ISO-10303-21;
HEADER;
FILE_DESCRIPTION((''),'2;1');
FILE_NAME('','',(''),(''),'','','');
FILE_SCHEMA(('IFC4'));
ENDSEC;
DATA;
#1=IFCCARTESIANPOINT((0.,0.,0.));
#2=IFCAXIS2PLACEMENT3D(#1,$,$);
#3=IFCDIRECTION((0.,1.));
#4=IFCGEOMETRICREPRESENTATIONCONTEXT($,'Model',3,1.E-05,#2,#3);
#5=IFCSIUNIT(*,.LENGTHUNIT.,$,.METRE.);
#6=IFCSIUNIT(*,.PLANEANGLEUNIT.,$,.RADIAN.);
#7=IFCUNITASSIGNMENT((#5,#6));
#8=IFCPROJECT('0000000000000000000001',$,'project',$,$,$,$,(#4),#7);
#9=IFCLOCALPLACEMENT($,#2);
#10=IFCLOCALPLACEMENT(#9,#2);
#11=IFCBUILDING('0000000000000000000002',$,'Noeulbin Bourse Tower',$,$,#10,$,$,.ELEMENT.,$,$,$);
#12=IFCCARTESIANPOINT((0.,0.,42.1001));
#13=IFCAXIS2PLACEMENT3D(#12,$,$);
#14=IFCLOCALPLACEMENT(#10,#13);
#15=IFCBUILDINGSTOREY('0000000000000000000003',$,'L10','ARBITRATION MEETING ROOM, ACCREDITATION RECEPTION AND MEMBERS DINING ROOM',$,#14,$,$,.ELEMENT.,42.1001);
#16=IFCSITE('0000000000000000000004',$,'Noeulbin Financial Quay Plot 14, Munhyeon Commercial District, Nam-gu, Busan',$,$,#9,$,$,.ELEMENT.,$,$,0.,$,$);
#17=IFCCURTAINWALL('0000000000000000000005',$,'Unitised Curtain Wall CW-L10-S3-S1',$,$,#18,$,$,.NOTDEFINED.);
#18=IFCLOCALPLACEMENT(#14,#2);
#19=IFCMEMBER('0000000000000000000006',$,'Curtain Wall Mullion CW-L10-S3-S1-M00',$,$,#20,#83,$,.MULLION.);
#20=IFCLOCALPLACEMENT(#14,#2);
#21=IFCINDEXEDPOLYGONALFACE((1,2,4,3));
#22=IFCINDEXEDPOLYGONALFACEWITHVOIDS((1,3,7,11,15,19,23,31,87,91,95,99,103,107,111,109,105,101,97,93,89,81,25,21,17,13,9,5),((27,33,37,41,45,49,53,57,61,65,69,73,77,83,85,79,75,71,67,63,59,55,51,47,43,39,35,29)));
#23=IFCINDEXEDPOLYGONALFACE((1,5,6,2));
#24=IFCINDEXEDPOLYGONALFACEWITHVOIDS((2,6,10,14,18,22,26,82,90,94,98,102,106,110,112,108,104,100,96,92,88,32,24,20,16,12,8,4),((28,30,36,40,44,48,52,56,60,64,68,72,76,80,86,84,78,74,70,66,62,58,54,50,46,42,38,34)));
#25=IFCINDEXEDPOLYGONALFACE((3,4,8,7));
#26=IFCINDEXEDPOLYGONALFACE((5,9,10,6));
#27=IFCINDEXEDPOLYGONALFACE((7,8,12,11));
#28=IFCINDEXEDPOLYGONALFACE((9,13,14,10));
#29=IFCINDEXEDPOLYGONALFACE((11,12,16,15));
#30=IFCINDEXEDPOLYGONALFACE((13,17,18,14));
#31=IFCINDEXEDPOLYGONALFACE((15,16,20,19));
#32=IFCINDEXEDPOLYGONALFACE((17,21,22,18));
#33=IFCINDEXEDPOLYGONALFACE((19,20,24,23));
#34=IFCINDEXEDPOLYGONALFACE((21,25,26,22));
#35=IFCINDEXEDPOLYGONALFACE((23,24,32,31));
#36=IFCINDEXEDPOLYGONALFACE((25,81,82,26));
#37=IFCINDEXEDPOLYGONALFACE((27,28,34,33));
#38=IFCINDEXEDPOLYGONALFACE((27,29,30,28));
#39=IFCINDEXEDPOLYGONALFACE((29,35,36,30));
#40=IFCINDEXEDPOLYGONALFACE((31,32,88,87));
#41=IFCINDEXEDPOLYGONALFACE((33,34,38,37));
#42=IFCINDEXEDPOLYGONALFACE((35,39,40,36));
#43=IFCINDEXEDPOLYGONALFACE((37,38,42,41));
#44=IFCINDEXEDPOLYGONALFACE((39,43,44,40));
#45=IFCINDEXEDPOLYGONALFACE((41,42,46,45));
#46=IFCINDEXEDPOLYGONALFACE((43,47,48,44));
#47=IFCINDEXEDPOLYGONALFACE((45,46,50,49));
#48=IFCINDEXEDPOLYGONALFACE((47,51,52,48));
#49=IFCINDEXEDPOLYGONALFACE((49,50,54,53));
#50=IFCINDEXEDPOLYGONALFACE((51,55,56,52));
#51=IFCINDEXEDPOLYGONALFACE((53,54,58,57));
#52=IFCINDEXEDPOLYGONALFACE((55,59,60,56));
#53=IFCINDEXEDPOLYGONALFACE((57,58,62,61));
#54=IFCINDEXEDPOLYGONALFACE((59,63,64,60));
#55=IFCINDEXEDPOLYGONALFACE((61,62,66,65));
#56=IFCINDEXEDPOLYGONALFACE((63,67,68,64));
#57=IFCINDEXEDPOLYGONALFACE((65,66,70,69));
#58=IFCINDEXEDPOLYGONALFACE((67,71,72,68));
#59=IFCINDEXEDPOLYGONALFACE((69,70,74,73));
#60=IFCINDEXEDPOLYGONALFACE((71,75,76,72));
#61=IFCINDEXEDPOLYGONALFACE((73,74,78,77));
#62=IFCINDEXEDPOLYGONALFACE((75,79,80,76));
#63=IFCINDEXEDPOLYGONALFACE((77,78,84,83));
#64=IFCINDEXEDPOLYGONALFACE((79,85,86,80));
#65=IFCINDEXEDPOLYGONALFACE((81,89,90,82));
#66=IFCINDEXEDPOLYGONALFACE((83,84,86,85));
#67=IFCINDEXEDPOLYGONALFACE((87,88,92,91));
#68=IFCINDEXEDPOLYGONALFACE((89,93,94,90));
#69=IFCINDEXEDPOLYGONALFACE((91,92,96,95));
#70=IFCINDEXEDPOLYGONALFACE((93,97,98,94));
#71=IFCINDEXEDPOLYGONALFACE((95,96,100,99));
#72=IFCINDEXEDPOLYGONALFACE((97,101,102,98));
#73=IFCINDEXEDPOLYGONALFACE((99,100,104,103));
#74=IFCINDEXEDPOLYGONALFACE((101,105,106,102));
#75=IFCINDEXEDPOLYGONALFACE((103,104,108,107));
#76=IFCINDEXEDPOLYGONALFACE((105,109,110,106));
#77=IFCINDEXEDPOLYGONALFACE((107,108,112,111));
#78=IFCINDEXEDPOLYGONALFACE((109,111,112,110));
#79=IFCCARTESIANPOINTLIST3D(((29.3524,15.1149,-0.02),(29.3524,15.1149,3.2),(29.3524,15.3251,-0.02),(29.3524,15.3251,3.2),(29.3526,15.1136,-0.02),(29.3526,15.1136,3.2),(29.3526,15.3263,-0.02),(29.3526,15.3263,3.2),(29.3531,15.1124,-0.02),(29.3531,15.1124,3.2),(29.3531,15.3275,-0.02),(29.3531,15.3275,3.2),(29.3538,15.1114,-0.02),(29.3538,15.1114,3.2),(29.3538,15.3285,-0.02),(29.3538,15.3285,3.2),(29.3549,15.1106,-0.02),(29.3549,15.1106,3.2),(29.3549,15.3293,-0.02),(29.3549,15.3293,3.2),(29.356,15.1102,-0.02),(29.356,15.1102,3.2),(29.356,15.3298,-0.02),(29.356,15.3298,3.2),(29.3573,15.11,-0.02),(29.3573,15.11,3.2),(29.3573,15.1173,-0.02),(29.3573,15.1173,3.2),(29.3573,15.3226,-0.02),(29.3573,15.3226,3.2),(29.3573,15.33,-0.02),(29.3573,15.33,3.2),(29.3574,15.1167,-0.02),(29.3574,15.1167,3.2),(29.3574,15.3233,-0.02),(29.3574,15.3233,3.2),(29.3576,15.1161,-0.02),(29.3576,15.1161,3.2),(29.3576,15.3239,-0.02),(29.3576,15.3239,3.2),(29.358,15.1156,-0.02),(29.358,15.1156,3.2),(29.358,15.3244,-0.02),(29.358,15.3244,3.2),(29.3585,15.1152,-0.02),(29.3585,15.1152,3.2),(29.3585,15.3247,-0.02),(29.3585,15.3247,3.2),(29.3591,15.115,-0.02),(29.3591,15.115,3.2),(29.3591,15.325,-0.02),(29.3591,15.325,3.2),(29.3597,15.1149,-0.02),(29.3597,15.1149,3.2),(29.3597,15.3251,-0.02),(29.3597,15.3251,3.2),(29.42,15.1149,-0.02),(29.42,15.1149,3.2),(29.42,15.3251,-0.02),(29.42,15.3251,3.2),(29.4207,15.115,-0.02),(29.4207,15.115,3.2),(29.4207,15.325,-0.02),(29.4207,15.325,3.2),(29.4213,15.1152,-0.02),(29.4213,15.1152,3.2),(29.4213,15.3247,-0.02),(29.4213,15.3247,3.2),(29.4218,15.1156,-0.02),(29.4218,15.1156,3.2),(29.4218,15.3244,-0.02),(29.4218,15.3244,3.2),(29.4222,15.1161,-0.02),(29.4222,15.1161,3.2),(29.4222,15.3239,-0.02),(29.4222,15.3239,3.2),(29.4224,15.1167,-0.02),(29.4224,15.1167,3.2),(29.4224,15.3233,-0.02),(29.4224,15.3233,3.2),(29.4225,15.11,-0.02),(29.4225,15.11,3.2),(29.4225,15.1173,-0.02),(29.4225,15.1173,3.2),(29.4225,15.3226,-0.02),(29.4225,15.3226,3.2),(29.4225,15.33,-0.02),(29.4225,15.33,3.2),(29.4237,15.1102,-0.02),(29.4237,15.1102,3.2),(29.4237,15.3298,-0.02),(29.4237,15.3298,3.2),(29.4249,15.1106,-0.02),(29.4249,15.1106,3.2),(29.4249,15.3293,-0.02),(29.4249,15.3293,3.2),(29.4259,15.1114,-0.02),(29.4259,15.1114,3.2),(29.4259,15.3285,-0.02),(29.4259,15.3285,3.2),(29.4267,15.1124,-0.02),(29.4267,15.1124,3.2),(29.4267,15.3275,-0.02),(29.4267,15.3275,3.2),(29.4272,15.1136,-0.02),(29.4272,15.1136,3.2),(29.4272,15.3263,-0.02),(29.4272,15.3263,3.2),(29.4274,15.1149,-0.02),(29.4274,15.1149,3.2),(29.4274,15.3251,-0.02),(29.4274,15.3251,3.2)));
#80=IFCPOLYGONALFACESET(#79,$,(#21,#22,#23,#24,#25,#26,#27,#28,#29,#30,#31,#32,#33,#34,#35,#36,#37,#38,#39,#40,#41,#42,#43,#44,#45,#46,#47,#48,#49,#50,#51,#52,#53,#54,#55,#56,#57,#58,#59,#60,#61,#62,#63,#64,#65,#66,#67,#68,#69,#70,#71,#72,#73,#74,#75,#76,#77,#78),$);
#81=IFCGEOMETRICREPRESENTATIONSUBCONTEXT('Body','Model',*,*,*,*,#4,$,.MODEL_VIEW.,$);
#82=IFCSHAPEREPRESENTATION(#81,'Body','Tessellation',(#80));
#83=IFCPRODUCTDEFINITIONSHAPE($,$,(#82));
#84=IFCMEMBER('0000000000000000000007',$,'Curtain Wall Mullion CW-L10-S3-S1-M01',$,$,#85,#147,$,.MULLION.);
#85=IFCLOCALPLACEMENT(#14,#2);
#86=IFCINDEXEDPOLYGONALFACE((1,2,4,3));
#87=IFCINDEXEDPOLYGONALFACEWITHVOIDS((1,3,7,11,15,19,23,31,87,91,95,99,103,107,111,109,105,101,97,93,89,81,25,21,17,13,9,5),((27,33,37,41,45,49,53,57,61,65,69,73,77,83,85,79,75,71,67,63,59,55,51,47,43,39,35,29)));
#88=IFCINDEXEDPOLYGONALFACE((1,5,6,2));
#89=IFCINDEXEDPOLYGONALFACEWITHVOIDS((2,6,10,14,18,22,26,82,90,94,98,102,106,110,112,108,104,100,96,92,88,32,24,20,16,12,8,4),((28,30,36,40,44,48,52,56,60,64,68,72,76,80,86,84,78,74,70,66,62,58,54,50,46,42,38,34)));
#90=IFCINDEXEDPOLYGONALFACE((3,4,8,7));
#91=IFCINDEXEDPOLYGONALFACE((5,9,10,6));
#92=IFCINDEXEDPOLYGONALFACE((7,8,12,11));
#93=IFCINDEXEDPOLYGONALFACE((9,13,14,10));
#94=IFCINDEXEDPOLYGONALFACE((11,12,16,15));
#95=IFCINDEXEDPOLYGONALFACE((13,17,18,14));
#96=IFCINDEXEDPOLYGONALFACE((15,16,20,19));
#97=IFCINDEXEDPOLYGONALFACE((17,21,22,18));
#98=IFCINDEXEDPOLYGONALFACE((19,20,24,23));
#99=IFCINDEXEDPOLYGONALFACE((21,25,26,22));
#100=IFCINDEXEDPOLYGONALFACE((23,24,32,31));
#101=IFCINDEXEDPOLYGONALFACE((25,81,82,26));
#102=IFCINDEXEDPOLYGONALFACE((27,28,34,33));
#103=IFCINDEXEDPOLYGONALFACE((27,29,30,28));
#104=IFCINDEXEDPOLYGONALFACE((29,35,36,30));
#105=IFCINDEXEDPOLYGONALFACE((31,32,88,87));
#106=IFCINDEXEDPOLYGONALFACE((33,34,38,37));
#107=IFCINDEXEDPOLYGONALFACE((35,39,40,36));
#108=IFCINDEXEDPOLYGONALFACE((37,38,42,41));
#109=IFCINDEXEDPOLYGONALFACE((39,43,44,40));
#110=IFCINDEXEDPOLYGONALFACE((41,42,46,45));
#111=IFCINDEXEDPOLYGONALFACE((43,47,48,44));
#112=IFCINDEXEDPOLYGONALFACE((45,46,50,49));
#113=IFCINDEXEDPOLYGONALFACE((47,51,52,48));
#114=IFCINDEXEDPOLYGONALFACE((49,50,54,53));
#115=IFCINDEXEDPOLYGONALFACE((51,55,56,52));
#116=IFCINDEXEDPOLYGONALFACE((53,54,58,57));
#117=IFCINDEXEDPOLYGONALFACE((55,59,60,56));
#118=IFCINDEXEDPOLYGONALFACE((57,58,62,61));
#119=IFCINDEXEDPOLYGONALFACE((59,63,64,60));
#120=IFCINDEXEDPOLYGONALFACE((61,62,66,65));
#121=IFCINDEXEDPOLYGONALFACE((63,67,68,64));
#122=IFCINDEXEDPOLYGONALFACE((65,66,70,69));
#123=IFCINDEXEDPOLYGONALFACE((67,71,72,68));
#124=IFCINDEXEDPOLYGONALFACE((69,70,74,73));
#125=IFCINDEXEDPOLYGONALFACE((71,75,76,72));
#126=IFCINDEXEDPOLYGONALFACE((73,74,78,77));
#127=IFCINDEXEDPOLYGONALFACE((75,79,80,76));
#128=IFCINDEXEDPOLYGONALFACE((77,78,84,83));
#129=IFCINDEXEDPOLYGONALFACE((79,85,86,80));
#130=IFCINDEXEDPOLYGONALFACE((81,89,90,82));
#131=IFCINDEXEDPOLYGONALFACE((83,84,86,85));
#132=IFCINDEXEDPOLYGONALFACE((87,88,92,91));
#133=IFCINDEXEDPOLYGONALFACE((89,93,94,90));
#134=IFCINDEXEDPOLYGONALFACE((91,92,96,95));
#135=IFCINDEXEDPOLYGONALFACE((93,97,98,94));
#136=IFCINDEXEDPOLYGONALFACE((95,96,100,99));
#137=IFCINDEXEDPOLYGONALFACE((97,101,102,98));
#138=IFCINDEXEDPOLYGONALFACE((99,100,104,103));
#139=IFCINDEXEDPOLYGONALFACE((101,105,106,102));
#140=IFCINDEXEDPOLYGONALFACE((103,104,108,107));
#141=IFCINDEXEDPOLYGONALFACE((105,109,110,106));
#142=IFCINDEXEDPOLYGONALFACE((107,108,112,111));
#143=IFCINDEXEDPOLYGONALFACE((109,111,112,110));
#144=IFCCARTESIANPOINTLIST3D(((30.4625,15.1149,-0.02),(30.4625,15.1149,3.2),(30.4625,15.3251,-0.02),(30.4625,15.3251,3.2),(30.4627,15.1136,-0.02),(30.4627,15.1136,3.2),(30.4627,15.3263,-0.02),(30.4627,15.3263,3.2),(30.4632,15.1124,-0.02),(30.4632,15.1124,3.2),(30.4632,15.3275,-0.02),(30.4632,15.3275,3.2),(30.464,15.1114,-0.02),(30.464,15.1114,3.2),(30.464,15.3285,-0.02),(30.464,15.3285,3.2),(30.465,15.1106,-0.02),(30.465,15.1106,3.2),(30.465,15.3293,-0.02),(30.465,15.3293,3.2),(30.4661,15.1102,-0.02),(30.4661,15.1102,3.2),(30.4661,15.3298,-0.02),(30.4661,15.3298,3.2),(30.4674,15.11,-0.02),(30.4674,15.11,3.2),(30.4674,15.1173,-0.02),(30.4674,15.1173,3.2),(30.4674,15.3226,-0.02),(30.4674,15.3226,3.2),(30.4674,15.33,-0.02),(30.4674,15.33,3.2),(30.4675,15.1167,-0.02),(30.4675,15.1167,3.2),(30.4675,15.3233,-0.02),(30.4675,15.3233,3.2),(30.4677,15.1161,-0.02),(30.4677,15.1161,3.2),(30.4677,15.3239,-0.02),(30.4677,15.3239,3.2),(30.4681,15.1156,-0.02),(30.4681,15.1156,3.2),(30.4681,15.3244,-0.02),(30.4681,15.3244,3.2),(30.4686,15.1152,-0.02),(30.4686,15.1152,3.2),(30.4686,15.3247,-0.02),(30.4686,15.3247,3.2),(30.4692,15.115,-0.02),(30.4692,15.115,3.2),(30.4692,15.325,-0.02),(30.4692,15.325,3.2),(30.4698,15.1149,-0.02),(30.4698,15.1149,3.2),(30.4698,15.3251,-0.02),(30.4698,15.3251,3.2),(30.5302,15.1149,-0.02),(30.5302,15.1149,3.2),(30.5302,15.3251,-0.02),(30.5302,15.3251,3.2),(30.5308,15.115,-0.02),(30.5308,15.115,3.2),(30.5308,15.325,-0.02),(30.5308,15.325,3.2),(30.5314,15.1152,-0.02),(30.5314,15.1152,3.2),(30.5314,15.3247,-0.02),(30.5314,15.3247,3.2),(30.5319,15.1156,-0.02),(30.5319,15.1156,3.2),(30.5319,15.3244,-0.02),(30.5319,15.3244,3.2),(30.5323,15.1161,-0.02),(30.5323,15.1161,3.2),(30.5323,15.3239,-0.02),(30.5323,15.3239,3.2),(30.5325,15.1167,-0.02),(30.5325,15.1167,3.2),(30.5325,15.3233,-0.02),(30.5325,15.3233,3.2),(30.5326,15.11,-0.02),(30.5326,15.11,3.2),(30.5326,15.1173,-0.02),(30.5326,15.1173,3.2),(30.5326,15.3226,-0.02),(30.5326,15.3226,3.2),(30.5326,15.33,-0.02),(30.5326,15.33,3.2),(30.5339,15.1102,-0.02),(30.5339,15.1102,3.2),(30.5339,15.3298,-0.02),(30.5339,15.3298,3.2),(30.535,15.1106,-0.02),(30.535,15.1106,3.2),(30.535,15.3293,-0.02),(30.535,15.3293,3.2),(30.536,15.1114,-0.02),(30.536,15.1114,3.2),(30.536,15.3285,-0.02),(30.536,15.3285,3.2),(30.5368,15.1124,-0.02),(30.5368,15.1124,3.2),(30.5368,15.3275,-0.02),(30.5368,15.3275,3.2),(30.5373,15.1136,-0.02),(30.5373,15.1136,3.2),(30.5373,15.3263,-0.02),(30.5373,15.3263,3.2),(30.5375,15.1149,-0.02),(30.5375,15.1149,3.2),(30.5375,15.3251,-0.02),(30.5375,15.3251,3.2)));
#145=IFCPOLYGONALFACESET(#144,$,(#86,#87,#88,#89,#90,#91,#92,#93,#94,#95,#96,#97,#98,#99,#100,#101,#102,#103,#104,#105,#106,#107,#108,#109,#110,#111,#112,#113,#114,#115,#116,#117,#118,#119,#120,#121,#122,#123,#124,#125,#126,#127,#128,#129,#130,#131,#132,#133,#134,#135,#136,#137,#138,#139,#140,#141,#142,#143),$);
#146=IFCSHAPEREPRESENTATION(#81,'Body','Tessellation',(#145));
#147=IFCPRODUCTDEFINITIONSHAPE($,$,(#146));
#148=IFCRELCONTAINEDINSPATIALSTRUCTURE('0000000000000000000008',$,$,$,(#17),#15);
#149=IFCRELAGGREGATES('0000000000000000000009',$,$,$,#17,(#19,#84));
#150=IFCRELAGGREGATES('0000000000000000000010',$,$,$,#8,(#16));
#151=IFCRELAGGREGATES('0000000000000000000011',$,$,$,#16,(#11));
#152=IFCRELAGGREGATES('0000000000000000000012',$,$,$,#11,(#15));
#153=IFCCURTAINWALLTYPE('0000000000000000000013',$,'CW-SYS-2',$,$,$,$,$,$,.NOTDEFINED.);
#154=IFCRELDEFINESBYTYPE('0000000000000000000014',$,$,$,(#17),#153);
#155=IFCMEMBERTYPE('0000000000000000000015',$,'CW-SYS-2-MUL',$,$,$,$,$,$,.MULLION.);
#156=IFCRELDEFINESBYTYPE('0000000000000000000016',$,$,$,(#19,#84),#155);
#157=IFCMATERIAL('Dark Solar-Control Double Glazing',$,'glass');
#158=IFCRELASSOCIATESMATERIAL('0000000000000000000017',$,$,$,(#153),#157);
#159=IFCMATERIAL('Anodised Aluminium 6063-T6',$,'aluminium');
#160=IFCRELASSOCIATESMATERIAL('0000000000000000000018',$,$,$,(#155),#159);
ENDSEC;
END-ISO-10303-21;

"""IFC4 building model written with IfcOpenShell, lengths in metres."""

from ifc_helpers import new_model, si_unit, direction, frame, origin, origin_2d, place, context, subcontext, project, spatial, hollow_rectangle, extrude, material, material_profile, profile_set, type_object, element, aggregate, save


model = new_model("IFC4")

# Units and contexts
model_context = context("Model", 3, precision=1e-05, world=origin(), true_north=direction((0.0, 1.0)))
body_context = subcontext(model_context, "Body", "Model", "MODEL_VIEW")
ifc_project = project(units=[si_unit("LENGTHUNIT", "METRE"), si_unit("PLANEANGLEUNIT", "RADIAN")], contexts=[model_context])

# Site, building, storey
site_placement = place(None, origin())
site = spatial("IfcSite", under=ifc_project, at=site_placement, Name="Noeulbin Financial Quay Plot 14, Munhyeon Commercial District, Nam-gu, Busan", CompositionType="ELEMENT", RefElevation=0.0)
building_placement = place(site_placement, origin())
building = spatial("IfcBuilding", under=site, at=building_placement, Name="Noeulbin Bourse Tower", CompositionType="ELEMENT")
storey_placement = place(building_placement, frame((0.0, 0.0, 42.1001)))
storey = spatial("IfcBuildingStorey", under=building, at=storey_placement, Name="L10", Description="ARBITRATION MEETING ROOM, ACCREDITATION RECEPTION AND MEMBERS DINING ROOM", CompositionType="ELEMENT", Elevation=42.1001)

# Curtain wall, members
ifc_material_1 = material(Name="Dark Solar-Control Double Glazing", Category="glass")
curtain_wall_type = type_object("IfcCurtainWallType", Name="CW-SYS-2", PredefinedType="NOTDEFINED", material=ifc_material_1)
curtain_wall_1_placement = place(storey_placement, origin())
curtain_wall_1 = element("IfcCurtainWall", 1, at=curtain_wall_1_placement, inside=storey, type_object=curtain_wall_type, Name="Unitised Curtain Wall CW-L10-S3-S1", PredefinedType="NOTDEFINED")
ifc_material_2 = material(Name="Anodised Aluminium 6063-T6", Category="aluminium")
ifc_material_profile_1 = material_profile(ifc_material_2, hollow_rectangle(XDim=0.075, YDim=0.22, WallThickness=0.0049, InnerFilletRadius=0.0024, OuterFilletRadius=0.0049, at=origin_2d()), Name="ALU-MULL-75x220x5", Category="LoadBearing")
ifc_profile_set_1 = profile_set([ifc_material_profile_1], Name="Anodised Aluminium 6063-T6")
member_type_1 = type_object("IfcMemberType", Name="CW-SYS-2-MUL", PredefinedType="MULLION", material=ifc_profile_set_1)
member_1_placement = place(storey_placement, frame((29.3899, 15.22, -0.02), z_axis=(0.0, 0.0, 1.0), x_axis=(1.0, 0.0, 0.0)))
member_1 = element("IfcMember", 2, at=member_1_placement, type_object=member_type_1, Name="Curtain Wall Mullion CW-L10-S3-S1-M00", PredefinedType="MULLION", context=body_context, shape_type="SweptSolid", body=[
    extrude(hollow_rectangle(XDim=0.075, YDim=0.22, WallThickness=0.0049, InnerFilletRadius=0.0024, OuterFilletRadius=0.0049, at=origin_2d()), origin(), (0.0, 0.0, 1.0), 3.22),
])
member_2_placement = place(storey_placement, frame((30.5, 15.22, -0.02), z_axis=(0.0, 0.0, 1.0), x_axis=(1.0, 0.0, 0.0)))
member_2 = element("IfcMember", 3, at=member_2_placement, type_object=member_type_1, Name="Curtain Wall Mullion CW-L10-S3-S1-M01", PredefinedType="MULLION", context=body_context, shape_type="SweptSolid", body=[
    extrude(hollow_rectangle(XDim=0.075, YDim=0.22, WallThickness=0.0049, InnerFilletRadius=0.0024, OuterFilletRadius=0.0049, at=origin_2d()), origin(), (0.0, 0.0, 1.0), 3.22),
])

aggregate(curtain_wall_1, [member_1, member_2])

save(model, "model.ifc")
